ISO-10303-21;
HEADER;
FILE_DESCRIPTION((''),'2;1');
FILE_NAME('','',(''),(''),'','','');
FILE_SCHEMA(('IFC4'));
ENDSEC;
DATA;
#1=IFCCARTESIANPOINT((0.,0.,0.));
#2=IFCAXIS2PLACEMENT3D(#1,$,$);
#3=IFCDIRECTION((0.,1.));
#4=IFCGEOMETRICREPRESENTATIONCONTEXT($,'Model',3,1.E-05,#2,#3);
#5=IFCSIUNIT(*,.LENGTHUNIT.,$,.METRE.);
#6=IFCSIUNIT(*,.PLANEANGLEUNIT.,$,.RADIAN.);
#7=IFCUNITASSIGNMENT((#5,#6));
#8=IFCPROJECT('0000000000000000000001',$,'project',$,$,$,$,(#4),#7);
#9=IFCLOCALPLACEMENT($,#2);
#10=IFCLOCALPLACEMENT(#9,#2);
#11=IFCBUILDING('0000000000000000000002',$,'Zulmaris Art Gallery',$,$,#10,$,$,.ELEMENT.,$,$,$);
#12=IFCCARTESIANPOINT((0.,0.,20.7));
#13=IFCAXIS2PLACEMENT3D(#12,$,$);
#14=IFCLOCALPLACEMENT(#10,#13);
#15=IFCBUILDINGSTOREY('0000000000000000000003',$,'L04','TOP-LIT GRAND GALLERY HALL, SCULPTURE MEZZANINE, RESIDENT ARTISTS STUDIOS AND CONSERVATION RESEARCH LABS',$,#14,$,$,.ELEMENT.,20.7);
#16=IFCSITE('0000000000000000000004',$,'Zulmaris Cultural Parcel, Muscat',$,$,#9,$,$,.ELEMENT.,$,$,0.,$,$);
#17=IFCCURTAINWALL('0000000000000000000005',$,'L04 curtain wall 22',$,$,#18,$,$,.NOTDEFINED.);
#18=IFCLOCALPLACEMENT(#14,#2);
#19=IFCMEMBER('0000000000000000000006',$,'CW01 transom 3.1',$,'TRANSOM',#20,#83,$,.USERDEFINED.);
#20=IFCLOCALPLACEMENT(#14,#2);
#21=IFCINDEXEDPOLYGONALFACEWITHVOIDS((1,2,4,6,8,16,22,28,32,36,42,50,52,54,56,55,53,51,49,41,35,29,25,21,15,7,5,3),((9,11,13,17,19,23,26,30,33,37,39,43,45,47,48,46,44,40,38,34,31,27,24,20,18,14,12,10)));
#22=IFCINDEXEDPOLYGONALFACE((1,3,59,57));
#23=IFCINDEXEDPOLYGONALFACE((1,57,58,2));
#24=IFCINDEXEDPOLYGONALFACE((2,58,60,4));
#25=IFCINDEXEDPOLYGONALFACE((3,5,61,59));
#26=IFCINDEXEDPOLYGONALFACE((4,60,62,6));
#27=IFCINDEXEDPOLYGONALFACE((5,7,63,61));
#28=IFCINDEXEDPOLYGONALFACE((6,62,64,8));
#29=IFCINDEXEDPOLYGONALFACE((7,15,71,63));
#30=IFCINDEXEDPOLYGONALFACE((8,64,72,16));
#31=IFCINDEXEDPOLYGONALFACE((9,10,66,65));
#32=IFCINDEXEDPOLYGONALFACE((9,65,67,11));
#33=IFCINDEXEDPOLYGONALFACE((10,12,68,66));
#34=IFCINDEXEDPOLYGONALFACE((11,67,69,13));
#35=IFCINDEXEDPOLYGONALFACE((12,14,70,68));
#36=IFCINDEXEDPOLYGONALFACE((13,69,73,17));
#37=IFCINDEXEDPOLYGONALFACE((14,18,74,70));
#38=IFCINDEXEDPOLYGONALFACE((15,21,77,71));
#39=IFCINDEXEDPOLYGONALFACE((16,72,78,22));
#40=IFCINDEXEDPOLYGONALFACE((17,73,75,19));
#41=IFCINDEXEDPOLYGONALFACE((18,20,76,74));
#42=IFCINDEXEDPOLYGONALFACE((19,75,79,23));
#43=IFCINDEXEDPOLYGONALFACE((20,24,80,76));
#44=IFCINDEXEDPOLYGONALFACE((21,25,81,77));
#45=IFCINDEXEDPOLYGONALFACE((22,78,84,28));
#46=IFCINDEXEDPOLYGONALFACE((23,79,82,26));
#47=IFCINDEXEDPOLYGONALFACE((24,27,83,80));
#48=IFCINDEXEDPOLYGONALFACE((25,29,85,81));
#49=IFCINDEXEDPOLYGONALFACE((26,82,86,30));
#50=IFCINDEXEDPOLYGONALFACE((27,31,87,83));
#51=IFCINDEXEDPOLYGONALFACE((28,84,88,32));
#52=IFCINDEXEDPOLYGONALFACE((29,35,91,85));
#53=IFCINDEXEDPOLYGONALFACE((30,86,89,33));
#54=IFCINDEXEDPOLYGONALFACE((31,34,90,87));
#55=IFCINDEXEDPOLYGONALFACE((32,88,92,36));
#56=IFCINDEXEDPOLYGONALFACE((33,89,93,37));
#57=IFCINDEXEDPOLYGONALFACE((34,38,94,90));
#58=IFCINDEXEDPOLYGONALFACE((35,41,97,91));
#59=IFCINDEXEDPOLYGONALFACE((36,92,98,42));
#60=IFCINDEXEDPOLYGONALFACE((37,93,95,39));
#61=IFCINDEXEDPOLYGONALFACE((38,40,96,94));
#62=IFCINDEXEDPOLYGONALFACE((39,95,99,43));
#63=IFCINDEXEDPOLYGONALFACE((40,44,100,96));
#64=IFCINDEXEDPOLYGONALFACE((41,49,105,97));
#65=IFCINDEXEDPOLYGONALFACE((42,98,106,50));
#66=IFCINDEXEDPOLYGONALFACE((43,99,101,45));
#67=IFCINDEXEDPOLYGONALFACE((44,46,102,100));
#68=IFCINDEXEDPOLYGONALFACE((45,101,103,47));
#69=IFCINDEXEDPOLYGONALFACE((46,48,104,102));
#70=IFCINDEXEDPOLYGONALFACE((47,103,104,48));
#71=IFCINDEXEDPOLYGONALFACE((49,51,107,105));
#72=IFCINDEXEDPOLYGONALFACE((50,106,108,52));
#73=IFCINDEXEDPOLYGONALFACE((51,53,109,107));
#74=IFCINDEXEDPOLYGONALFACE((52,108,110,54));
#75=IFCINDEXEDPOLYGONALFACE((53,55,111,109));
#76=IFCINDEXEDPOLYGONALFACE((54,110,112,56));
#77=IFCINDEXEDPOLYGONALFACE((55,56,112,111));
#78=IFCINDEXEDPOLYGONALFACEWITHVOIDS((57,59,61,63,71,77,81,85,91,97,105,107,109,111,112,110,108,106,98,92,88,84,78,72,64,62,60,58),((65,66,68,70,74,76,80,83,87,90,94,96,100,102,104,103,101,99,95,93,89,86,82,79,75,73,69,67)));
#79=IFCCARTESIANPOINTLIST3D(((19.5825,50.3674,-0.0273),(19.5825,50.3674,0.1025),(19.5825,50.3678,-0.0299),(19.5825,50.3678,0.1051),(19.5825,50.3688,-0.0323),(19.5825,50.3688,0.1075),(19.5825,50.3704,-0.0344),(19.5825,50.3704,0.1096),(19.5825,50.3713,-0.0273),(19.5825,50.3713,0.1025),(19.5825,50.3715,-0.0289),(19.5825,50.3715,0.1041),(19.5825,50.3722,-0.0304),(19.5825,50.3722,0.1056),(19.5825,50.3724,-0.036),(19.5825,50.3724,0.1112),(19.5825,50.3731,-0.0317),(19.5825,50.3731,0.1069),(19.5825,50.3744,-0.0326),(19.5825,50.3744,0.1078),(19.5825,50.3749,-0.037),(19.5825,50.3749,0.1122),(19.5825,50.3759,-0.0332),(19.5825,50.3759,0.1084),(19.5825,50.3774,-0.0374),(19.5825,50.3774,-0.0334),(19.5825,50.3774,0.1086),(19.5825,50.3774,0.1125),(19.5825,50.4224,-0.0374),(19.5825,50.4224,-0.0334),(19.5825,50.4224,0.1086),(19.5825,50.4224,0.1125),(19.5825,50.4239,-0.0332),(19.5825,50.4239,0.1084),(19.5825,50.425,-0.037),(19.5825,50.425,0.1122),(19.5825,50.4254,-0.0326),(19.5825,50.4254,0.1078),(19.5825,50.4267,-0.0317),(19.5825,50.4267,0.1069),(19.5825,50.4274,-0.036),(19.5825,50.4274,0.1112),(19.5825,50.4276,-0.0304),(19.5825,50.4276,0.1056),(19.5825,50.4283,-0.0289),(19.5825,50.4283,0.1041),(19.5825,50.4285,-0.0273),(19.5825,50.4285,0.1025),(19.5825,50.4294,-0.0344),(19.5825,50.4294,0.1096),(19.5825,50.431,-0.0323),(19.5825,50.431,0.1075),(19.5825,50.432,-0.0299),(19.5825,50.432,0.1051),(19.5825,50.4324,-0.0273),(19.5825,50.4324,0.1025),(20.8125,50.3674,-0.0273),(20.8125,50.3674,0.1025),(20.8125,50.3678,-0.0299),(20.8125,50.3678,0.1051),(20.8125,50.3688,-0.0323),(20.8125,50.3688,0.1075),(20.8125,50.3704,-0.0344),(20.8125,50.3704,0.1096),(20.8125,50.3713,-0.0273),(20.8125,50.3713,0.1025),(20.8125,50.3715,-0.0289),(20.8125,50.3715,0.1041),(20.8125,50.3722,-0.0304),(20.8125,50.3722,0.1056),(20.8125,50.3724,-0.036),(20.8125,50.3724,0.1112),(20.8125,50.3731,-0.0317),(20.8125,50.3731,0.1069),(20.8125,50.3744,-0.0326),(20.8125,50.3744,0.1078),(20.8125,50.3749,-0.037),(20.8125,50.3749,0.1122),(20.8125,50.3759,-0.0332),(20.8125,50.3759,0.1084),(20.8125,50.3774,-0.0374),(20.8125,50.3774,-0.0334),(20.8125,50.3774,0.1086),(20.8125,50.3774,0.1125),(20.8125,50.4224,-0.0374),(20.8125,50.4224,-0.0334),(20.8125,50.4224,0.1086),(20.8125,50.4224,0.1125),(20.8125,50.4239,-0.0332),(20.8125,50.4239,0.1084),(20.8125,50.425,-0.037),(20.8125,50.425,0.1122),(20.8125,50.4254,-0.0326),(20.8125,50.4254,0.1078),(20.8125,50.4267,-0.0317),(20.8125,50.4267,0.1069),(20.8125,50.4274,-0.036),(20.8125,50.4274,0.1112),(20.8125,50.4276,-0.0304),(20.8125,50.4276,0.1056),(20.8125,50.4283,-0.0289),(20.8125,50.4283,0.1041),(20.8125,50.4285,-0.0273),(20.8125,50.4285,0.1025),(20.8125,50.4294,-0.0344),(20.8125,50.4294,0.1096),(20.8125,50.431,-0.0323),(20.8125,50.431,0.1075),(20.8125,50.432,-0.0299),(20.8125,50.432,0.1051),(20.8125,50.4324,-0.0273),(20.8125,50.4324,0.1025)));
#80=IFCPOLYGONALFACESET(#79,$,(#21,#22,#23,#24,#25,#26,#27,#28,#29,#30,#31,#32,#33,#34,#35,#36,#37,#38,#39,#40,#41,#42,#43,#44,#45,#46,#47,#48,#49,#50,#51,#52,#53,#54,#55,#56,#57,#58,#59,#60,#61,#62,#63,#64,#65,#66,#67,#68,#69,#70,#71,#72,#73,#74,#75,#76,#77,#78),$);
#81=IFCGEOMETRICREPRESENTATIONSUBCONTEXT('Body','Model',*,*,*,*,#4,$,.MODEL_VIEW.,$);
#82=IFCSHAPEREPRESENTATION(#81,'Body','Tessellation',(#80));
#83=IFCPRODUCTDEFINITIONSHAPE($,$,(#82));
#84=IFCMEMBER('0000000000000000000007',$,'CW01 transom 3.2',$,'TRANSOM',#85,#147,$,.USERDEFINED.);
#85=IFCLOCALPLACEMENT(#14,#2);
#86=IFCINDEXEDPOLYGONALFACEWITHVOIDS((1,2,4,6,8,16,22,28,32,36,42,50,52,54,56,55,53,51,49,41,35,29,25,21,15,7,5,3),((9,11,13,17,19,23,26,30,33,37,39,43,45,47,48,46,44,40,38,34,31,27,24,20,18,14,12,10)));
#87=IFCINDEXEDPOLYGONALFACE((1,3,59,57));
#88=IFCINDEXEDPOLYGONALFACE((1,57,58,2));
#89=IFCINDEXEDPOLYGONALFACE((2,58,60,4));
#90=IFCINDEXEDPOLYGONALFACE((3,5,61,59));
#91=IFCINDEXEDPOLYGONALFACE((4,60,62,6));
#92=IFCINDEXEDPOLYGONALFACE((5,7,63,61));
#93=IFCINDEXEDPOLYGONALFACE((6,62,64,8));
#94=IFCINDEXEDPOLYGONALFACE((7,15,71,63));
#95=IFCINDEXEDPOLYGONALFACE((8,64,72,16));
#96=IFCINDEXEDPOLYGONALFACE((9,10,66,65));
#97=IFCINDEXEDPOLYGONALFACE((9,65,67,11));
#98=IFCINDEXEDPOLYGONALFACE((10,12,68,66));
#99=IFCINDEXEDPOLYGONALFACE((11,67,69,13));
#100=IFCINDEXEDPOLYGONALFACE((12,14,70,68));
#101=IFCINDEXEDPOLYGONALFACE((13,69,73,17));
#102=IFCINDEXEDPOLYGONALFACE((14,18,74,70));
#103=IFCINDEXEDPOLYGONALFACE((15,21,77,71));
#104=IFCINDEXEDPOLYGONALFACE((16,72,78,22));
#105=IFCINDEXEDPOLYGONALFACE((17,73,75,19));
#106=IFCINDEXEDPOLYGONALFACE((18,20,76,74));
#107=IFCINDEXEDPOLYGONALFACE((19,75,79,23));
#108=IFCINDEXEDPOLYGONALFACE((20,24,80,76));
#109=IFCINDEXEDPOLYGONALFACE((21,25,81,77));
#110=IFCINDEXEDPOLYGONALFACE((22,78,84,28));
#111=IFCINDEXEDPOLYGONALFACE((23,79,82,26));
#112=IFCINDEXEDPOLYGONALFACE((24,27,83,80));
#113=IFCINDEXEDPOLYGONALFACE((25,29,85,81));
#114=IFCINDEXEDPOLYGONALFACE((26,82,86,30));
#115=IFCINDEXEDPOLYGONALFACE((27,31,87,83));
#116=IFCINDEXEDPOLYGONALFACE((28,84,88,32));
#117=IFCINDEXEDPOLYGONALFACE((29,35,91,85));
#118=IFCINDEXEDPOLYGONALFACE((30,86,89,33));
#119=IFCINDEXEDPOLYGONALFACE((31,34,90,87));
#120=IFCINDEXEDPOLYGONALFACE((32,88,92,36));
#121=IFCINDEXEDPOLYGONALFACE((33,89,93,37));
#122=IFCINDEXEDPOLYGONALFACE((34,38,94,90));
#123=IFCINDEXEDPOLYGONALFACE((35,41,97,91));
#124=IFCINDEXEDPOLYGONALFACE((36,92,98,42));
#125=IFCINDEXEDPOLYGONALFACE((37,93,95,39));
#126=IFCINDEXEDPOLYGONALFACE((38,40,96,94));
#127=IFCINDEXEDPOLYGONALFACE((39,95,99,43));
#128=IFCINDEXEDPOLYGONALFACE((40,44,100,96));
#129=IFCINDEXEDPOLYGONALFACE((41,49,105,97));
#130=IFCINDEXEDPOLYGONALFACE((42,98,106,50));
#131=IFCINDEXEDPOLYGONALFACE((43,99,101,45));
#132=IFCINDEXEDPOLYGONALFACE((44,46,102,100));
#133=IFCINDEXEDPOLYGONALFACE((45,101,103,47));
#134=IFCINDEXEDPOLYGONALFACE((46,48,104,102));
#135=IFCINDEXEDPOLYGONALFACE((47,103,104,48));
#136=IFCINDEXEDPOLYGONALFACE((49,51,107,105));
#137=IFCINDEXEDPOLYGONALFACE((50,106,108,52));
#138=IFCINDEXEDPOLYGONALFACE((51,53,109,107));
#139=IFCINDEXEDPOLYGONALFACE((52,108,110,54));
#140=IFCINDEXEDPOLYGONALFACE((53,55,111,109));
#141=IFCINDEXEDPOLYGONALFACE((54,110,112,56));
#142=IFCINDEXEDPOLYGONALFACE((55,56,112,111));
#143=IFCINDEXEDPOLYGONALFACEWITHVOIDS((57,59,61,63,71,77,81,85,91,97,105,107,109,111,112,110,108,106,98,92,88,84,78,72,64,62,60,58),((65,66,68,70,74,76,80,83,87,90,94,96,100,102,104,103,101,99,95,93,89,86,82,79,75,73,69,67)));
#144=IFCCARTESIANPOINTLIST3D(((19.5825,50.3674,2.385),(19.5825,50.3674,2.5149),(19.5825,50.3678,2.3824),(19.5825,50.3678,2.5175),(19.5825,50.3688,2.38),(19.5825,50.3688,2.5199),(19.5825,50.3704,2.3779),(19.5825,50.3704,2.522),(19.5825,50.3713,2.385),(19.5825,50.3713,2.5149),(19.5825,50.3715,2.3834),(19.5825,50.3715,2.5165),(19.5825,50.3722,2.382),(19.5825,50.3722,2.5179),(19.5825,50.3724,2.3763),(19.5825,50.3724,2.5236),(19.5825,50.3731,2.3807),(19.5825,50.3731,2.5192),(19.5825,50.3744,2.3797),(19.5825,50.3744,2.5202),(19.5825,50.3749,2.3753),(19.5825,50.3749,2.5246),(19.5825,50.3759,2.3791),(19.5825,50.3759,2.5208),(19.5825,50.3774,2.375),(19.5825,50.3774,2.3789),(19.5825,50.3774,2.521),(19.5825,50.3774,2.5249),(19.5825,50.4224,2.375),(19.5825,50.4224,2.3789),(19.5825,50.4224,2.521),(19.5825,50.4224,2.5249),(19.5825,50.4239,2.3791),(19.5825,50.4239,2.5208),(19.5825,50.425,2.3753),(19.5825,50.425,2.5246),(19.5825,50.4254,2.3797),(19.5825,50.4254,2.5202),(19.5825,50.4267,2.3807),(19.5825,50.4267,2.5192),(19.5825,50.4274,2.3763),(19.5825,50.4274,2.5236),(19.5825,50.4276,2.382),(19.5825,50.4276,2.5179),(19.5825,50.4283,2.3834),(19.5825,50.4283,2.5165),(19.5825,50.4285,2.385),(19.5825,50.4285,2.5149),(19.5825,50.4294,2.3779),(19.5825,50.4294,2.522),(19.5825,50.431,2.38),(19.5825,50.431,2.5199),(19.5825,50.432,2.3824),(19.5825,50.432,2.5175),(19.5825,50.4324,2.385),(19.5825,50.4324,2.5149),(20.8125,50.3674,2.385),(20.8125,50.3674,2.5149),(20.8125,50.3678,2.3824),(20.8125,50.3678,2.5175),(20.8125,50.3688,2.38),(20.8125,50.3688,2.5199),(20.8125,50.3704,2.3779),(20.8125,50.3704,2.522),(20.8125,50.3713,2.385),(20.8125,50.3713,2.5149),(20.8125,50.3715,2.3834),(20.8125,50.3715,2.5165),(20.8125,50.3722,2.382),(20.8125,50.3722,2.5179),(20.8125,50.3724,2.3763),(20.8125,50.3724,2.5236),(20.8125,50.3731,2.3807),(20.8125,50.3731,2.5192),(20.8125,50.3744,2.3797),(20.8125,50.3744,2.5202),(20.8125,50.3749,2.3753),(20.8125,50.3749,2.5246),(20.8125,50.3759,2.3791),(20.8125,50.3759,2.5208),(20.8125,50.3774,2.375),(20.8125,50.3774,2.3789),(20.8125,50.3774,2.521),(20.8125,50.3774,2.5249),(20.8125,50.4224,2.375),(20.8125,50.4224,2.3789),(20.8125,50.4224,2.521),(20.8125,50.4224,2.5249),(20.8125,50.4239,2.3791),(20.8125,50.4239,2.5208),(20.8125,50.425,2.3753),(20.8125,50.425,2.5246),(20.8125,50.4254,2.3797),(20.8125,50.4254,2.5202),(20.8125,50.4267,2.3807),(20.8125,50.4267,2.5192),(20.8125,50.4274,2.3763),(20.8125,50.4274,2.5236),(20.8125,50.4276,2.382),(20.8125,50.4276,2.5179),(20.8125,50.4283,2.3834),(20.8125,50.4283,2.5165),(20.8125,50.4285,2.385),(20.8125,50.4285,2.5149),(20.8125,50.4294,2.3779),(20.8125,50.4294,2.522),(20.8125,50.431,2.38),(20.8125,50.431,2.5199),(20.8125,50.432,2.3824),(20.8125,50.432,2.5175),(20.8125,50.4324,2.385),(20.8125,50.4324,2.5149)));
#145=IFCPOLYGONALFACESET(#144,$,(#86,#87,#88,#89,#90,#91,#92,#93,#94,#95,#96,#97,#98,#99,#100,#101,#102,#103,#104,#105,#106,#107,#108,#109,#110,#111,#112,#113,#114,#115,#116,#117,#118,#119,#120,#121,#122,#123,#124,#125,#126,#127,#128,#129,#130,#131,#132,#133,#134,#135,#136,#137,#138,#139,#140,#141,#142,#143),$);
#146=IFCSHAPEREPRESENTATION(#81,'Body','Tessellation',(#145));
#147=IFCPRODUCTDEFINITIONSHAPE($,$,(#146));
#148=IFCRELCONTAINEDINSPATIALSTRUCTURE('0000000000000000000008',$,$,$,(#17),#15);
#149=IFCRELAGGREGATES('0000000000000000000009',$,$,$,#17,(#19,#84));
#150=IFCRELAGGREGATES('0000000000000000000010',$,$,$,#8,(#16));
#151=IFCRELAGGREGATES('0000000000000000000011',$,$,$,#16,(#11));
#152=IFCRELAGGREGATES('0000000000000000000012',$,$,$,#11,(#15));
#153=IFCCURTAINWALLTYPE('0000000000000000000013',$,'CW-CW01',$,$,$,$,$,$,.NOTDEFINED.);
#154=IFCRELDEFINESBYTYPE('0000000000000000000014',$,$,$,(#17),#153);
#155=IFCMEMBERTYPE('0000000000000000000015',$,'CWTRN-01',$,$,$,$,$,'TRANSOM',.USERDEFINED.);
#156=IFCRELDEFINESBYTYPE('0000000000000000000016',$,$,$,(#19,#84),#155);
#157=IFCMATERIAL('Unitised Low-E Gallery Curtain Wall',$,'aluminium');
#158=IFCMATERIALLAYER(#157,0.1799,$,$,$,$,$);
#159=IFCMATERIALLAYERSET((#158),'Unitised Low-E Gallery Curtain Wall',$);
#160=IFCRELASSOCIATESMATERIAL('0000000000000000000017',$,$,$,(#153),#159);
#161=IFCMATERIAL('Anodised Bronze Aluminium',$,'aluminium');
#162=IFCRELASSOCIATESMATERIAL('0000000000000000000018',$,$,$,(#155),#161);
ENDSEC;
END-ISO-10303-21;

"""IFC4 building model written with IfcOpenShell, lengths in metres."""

from ifc_helpers import new_model, si_unit, direction, frame, origin, origin_2d, place, context, subcontext, project, spatial, hollow_rectangle, extrude, material, layer, layer_set, material_profile, profile_set, type_object, element, aggregate, save


model = new_model("IFC4")

# Units and contexts
model_context = context("Model", 3, precision=1e-05, world=origin(), true_north=direction((0.0, 1.0)))
body_context = subcontext(model_context, "Body", "Model", "MODEL_VIEW")
ifc_project = project(units=[si_unit("LENGTHUNIT", "METRE"), si_unit("PLANEANGLEUNIT", "RADIAN")], contexts=[model_context])

# Site, building, storey
site_placement = place(None, origin())
site = spatial("IfcSite", under=ifc_project, at=site_placement, Name="Zulmaris Cultural Parcel, Muscat", CompositionType="ELEMENT", RefElevation=0.0)
building_placement = place(site_placement, origin())
building = spatial("IfcBuilding", under=site, at=building_placement, Name="Zulmaris Art Gallery", CompositionType="ELEMENT")
storey_placement = place(building_placement, frame((0.0, 0.0, 20.7)))
storey = spatial("IfcBuildingStorey", under=building, at=storey_placement, Name="L04", Description="TOP-LIT GRAND GALLERY HALL, SCULPTURE MEZZANINE, RESIDENT ARTISTS STUDIOS AND CONSERVATION RESEARCH LABS", CompositionType="ELEMENT", Elevation=20.7)

# Curtain wall, members
ifc_material_1 = material(Name="Unitised Low-E Gallery Curtain Wall", Category="aluminium")
ifc_layer_1 = layer(ifc_material_1, 0.1799)
ifc_layer_set_1 = layer_set([ifc_layer_1], Name="Unitised Low-E Gallery Curtain Wall")
curtain_wall_type = type_object("IfcCurtainWallType", Name="CW-CW01", PredefinedType="NOTDEFINED", material=ifc_layer_set_1)
curtain_wall_placement = place(storey_placement, origin())
curtain_wall = element("IfcCurtainWall", 1, at=curtain_wall_placement, inside=storey, type_object=curtain_wall_type, Name="L04 curtain wall 22", PredefinedType="NOTDEFINED")
ifc_material_2 = material(Name="Anodised Bronze Aluminium", Category="aluminium")
ifc_material_profile_1 = material_profile(ifc_material_2, hollow_rectangle(XDim=0.0649, YDim=0.1499, WallThickness=0.0039, InnerFilletRadius=0.0061, OuterFilletRadius=0.01, at=origin_2d()), Name="ALU 65x150x4")
ifc_profile_set_1 = profile_set([ifc_material_profile_1], Name="Anodised Bronze Aluminium")
member_type_1 = type_object("IfcMemberType", Name="CWTRN-01", ElementType="TRANSOM", PredefinedType="USERDEFINED", material=ifc_profile_set_1)
member_1_placement = place(storey_placement, frame((20.8125, 50.3999, 0.0376), z_axis=(-1.0, 0.0, 0.0), x_axis=(0.0, -1.0, 0.0)))
member_1 = element("IfcMember", 2, at=member_1_placement, type_object=member_type_1, Name="CW01 transom 3.1", ObjectType="TRANSOM", PredefinedType="USERDEFINED", context=body_context, shape_type="SweptSolid", body=[
    extrude(hollow_rectangle(XDim=0.0649, YDim=0.1499, WallThickness=0.0039, InnerFilletRadius=0.0061, OuterFilletRadius=0.01, at=origin_2d()), origin(), (0.0, 0.0, 1.0), 1.23),
])
member_2_placement = place(storey_placement, frame((20.8125, 50.3999, 2.45), z_axis=(-1.0, 0.0, 0.0), x_axis=(0.0, -1.0, 0.0)))
member_2 = element("IfcMember", 3, at=member_2_placement, type_object=member_type_1, Name="CW01 transom 3.2", ObjectType="TRANSOM", PredefinedType="USERDEFINED", context=body_context, shape_type="SweptSolid", body=[
    extrude(hollow_rectangle(XDim=0.0649, YDim=0.1499, WallThickness=0.0039, InnerFilletRadius=0.0061, OuterFilletRadius=0.01, at=origin_2d()), origin(), (0.0, 0.0, 1.0), 1.23),
])

aggregate(curtain_wall, [member_1, member_2])

save(model, "model.ifc")
